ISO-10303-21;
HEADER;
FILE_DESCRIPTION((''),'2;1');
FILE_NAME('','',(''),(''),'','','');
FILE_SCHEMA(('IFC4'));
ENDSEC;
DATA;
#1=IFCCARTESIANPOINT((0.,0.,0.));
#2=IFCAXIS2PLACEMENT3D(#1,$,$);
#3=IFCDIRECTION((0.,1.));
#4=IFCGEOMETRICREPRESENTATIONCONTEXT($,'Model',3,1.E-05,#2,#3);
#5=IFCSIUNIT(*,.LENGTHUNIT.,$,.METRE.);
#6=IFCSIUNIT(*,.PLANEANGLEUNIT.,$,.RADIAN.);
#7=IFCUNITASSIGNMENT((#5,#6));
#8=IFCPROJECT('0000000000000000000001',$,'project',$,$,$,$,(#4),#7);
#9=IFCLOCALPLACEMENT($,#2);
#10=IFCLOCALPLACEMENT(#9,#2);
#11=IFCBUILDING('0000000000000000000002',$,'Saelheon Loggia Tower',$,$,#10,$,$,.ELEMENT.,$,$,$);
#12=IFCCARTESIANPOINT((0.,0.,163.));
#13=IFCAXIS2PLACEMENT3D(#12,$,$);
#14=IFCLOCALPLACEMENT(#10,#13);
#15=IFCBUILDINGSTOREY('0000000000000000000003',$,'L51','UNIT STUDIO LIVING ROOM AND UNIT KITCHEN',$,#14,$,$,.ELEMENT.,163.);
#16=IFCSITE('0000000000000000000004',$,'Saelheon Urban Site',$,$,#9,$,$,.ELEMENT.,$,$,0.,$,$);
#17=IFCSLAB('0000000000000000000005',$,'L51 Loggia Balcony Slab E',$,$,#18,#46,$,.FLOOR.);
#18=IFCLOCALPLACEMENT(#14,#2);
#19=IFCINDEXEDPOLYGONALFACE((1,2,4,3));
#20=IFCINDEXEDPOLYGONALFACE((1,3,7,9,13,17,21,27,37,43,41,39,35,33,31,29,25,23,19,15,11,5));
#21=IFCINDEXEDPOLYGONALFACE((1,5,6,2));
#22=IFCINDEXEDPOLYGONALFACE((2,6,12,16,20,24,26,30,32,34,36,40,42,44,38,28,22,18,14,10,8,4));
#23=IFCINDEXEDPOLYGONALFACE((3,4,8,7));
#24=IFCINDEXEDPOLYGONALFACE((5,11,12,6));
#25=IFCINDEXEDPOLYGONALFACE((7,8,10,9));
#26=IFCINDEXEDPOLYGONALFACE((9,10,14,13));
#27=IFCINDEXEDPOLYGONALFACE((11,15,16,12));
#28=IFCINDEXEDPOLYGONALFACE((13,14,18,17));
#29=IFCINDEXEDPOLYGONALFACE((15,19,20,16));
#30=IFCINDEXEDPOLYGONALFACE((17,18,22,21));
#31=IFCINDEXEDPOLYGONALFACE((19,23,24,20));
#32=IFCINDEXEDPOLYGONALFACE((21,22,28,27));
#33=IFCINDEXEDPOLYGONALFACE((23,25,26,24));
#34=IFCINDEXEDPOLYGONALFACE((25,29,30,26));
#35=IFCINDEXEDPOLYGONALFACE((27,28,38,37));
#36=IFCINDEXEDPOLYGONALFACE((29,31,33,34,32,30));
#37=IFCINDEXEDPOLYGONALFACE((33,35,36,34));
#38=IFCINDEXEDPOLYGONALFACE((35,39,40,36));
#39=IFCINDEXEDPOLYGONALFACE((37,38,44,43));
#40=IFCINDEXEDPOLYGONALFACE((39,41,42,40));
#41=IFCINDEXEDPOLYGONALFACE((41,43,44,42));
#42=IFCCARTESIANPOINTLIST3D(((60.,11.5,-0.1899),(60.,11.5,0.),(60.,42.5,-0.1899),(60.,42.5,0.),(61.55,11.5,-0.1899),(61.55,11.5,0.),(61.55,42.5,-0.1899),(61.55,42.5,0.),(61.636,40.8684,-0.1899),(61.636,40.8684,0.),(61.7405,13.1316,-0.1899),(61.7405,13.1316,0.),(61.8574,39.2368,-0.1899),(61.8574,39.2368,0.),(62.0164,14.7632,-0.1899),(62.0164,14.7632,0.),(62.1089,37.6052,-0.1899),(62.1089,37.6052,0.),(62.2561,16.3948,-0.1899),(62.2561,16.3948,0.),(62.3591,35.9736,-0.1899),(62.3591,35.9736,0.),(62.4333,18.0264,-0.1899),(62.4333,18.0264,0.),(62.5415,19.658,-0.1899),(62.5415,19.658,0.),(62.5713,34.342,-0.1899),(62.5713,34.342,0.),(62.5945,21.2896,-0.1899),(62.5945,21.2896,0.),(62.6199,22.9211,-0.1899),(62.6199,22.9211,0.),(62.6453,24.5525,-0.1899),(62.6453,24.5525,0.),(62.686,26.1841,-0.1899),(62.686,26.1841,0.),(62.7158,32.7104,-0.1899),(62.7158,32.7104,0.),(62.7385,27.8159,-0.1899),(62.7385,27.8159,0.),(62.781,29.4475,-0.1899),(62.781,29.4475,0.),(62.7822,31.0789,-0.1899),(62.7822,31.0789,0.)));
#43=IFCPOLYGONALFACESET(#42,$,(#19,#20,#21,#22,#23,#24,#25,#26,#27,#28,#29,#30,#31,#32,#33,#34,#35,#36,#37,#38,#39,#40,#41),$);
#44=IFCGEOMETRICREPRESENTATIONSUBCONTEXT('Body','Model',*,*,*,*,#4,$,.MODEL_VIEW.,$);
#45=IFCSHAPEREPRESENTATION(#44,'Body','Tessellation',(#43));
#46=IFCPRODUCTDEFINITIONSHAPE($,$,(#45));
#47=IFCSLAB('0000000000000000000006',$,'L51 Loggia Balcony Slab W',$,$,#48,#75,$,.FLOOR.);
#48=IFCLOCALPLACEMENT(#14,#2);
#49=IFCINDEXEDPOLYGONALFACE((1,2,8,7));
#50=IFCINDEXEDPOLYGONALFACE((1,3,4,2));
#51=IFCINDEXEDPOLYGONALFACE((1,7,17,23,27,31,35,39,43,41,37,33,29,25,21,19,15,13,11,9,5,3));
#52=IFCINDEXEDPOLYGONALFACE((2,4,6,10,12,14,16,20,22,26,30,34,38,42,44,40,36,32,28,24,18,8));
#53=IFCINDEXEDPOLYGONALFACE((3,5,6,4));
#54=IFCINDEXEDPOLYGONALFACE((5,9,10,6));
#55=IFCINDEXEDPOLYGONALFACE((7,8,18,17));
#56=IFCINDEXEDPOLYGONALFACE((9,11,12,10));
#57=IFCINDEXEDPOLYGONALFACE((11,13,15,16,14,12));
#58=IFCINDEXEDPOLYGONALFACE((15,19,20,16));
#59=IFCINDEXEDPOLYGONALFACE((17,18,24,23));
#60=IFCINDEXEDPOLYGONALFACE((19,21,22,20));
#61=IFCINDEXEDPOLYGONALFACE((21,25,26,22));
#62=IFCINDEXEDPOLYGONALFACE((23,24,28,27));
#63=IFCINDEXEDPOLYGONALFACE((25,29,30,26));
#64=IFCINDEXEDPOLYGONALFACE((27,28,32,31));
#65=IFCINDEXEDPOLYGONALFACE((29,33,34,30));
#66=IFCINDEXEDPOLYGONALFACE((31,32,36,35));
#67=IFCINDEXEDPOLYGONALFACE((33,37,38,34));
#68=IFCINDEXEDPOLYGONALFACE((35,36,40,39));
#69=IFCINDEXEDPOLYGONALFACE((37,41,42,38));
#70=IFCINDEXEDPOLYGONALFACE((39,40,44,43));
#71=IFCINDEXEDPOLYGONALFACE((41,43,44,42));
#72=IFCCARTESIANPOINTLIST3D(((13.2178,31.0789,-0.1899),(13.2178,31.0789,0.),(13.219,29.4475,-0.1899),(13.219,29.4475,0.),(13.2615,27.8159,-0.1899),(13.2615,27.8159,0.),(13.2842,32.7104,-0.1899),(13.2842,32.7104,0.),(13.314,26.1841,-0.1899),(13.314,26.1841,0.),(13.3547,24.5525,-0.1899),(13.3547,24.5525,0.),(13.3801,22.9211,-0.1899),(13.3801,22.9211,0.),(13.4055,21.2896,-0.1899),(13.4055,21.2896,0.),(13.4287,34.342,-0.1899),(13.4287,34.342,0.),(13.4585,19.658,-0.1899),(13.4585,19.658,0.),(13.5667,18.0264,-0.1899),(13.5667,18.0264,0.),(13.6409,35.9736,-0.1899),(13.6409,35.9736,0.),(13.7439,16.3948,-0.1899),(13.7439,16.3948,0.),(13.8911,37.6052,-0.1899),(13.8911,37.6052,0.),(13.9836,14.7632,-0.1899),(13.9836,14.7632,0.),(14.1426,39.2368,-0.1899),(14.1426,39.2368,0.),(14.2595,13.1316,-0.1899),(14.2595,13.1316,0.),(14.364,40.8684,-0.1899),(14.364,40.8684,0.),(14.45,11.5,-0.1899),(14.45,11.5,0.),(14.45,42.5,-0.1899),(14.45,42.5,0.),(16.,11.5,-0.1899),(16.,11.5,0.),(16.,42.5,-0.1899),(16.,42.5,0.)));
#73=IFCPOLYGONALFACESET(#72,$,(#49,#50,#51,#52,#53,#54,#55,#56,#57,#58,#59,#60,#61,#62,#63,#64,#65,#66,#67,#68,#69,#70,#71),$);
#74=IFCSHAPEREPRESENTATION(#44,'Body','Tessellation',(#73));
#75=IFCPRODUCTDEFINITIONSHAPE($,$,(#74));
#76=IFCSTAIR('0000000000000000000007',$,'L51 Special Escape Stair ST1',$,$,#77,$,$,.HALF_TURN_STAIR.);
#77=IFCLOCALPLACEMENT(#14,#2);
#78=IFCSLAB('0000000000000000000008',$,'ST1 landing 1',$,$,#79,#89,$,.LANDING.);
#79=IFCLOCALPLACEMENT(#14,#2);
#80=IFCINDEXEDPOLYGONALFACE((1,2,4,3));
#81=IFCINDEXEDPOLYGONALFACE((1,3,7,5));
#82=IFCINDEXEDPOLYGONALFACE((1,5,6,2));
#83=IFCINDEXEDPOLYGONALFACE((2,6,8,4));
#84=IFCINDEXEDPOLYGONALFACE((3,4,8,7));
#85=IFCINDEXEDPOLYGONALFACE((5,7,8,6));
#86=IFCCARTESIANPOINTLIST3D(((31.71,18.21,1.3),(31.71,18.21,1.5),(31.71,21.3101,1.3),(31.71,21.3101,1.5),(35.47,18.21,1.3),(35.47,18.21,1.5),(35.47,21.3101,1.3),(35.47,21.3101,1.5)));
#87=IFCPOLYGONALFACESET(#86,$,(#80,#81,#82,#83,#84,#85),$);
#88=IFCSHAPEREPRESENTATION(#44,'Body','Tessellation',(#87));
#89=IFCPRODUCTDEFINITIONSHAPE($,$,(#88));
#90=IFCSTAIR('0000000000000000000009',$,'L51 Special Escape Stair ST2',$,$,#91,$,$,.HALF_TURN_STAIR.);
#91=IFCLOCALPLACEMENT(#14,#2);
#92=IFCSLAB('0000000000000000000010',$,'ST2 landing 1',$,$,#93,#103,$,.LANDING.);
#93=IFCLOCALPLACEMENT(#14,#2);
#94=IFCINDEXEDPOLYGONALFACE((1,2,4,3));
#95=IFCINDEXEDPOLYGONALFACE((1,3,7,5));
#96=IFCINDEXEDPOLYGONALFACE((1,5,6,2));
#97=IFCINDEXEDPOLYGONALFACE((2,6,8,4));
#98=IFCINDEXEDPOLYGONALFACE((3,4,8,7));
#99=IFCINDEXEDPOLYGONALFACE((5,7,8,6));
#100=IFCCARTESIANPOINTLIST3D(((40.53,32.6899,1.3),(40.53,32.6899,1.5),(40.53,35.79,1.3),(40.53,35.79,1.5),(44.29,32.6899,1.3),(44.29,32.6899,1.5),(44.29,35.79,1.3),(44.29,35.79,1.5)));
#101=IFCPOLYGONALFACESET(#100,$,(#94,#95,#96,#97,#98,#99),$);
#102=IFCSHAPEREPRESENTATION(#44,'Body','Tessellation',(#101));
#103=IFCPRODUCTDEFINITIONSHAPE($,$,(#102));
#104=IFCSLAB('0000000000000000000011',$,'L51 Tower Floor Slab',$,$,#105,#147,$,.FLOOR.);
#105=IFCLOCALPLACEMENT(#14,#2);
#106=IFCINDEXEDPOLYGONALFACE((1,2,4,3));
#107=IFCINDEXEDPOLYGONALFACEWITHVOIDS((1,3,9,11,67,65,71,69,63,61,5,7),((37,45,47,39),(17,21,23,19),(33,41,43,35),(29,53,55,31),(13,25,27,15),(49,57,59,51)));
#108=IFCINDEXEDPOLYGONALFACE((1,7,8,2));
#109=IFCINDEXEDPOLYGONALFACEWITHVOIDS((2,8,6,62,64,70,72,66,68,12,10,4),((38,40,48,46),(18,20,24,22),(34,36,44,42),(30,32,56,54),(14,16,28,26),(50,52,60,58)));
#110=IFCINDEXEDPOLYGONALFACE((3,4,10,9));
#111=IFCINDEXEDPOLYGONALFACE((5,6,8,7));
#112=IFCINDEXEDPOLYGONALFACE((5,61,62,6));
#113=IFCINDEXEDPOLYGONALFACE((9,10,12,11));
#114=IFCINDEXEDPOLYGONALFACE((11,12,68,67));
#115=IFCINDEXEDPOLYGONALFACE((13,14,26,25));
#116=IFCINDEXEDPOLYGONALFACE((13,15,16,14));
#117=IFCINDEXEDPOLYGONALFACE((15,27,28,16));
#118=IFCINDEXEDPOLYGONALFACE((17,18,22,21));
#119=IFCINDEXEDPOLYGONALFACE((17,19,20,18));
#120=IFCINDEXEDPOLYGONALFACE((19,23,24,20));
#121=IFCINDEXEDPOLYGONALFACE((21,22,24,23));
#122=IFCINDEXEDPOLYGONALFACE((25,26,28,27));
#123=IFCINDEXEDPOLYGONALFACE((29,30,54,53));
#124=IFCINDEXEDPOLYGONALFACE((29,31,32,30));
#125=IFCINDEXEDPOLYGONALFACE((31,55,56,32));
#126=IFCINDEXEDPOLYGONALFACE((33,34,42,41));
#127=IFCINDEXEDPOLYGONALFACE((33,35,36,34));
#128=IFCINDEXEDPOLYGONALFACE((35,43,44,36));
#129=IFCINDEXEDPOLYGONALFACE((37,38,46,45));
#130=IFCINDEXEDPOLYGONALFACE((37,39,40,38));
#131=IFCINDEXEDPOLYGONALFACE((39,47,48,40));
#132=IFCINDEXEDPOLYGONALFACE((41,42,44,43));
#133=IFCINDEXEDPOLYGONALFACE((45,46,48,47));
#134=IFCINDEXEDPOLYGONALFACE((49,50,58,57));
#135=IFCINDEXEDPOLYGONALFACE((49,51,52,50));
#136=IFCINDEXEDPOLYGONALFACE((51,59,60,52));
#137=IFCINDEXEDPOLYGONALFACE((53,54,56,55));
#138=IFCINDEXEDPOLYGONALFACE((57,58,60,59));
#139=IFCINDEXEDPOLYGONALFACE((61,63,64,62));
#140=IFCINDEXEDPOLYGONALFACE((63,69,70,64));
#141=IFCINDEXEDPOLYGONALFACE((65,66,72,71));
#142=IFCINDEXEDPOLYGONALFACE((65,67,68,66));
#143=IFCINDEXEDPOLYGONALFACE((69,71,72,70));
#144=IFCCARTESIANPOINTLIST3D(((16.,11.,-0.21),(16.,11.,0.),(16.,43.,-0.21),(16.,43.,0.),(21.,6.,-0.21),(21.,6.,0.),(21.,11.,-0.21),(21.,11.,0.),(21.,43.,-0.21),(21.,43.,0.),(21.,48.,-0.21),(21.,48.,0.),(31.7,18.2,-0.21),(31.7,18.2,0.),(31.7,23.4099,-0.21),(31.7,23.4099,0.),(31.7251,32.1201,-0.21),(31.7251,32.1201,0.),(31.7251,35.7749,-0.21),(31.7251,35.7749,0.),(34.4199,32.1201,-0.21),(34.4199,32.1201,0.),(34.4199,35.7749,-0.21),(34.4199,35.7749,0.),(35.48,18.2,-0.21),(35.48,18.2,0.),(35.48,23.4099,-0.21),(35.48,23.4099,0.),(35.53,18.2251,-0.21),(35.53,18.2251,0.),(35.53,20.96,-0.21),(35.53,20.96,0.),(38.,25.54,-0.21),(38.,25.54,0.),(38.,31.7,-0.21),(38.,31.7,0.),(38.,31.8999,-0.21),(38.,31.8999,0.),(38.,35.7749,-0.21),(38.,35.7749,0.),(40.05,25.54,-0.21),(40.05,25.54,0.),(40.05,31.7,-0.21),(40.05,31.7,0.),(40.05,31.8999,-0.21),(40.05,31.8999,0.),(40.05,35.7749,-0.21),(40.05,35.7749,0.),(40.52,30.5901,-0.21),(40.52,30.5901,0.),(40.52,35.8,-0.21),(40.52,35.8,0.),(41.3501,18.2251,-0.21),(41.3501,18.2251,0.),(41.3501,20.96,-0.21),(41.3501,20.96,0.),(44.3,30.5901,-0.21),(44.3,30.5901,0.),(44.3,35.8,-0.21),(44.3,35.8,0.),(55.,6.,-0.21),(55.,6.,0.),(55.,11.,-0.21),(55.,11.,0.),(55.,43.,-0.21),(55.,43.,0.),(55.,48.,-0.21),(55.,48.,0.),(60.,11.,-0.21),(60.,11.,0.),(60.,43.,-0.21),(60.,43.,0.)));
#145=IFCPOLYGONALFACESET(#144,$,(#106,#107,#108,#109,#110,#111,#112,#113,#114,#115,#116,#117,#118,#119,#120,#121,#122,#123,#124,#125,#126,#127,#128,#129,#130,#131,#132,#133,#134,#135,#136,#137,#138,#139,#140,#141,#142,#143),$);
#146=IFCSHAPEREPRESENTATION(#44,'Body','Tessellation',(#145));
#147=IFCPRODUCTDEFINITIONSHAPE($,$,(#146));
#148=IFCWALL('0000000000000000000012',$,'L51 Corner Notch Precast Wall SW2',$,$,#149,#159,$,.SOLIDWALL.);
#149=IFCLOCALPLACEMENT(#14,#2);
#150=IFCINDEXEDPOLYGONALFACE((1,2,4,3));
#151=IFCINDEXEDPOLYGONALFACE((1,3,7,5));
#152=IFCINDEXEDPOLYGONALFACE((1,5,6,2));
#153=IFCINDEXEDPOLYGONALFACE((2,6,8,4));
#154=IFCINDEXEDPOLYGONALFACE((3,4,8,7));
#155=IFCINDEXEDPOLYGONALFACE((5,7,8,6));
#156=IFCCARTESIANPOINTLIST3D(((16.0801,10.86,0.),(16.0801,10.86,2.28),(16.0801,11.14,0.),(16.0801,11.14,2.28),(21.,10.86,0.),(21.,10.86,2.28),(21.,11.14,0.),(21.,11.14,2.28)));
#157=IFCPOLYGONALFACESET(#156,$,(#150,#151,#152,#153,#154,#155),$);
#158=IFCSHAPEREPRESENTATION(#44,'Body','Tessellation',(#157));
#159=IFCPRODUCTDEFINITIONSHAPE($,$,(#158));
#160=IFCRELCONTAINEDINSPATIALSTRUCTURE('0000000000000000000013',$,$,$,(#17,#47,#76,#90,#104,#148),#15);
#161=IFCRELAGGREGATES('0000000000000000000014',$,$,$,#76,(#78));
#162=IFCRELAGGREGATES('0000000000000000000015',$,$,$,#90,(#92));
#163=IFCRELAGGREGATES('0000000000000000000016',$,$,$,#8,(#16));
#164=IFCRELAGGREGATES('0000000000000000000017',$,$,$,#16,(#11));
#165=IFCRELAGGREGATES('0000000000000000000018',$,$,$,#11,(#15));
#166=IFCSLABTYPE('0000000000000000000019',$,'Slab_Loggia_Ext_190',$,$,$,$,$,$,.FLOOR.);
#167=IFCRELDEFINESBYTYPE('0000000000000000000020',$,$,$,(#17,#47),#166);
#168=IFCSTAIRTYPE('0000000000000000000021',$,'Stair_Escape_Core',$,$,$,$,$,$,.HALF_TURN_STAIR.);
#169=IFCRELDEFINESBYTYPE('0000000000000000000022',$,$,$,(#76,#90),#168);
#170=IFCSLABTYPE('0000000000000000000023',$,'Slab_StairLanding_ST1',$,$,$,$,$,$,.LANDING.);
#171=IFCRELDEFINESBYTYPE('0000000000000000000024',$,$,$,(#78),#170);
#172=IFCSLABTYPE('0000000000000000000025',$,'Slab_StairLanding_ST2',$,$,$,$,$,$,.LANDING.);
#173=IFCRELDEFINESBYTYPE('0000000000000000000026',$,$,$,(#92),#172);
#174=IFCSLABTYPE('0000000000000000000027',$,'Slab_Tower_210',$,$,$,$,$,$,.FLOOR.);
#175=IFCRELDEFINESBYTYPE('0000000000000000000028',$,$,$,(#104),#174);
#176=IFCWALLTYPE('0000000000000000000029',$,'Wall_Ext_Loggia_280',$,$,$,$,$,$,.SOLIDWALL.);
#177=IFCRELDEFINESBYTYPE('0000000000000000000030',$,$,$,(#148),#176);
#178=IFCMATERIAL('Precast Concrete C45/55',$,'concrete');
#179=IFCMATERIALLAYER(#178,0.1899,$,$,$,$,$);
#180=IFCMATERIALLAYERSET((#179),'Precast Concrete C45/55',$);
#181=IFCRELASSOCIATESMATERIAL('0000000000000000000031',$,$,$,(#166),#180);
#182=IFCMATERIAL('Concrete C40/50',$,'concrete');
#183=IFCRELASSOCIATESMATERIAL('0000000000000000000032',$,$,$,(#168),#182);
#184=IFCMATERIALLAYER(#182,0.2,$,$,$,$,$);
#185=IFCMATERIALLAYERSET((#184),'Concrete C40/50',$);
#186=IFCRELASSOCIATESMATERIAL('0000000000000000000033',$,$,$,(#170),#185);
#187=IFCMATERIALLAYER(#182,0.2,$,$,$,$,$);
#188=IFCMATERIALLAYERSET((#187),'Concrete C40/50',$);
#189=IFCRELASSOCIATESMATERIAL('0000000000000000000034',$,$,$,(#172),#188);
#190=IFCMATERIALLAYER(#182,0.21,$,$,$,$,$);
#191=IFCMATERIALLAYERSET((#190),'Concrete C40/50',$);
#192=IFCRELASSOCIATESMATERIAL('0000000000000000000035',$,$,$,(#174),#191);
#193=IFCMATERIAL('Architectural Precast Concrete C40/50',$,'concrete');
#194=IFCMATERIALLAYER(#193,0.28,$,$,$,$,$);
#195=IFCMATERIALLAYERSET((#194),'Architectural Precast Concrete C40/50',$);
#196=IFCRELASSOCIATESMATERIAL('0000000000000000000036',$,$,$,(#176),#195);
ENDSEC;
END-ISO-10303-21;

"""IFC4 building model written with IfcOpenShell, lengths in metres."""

from ifc_helpers import new_model, si_unit, direction, frame, frame_2d, origin, place, context, subcontext, project, spatial, polyline, rectangle, outline, extrude, material, layer, layer_set, type_object, element, aggregate, save


model = new_model("IFC4")

# Units and contexts
model_context = context("Model", 3, precision=1e-05, world=origin(), true_north=direction((0.0, 1.0)))
body_context = subcontext(model_context, "Body", "Model", "MODEL_VIEW")
ifc_project = project(units=[si_unit("LENGTHUNIT", "METRE"), si_unit("PLANEANGLEUNIT", "RADIAN")], contexts=[model_context])

# Site, building, storey
site_placement = place(None, origin())
site = spatial("IfcSite", under=ifc_project, at=site_placement, Name="Saelheon Urban Site", CompositionType="ELEMENT", RefElevation=0.0)
building_placement = place(site_placement, origin())
building = spatial("IfcBuilding", under=site, at=building_placement, Name="Saelheon Loggia Tower", CompositionType="ELEMENT")
storey_placement = place(building_placement, frame((0.0, 0.0, 163.0)))
storey = spatial("IfcBuildingStorey", under=building, at=storey_placement, Name="L51", Description="UNIT STUDIO LIVING ROOM AND UNIT KITCHEN", CompositionType="ELEMENT", Elevation=163.0)

# Shared definitions
ifc_material_1 = material(Name="Precast Concrete C45/55", Category="concrete")

# Shared definitions
ifc_material_2 = material(Name="Concrete C40/50", Category="concrete")

# Slabs
ifc_layer_1 = layer(ifc_material_1, 0.1899)
ifc_layer_set_1 = layer_set([ifc_layer_1], Name="Precast Concrete C45/55")
slab_type_1 = type_object("IfcSlabType", Name="Slab_Loggia_Ext_190", PredefinedType="FLOOR", material=ifc_layer_set_1)
slab_1_placement = place(storey_placement, frame((0.0, 0.0, -0.1899)))
element("IfcSlab", 1, at=slab_1_placement, inside=storey, type_object=slab_type_1, Name="L51 Loggia Balcony Slab E", PredefinedType="FLOOR", context=body_context, shape_type="SweptSolid", body=[
    extrude(outline(polyline([(60.0, 11.5), (61.55, 11.5), (61.7405, 13.1316), (62.0164, 14.7632), (62.2561, 16.3948), (62.4333, 18.0264), (62.5415, 19.658), (62.5945, 21.2896), (62.6199, 22.9211), (62.6453, 24.5525), (62.686, 26.1841), (62.7385, 27.8159), (62.781, 29.4475), (62.7822, 31.0789), (62.7158, 32.7104), (62.5713, 34.342), (62.3591, 35.9736), (62.1089, 37.6052), (61.8574, 39.2368), (61.636, 40.8684), (61.55, 42.5), (60.0, 42.5), (60.0, 11.5)])), origin(), (0.0, 0.0, 1.0), 0.1899),
])
slab_2_placement = place(storey_placement, frame((0.0, 0.0, -0.1899)))
element("IfcSlab", 2, at=slab_2_placement, inside=storey, type_object=slab_type_1, Name="L51 Loggia Balcony Slab W", PredefinedType="FLOOR", context=body_context, shape_type="SweptSolid", body=[
    extrude(outline(polyline([(16.0, 11.5), (16.0, 42.5), (14.45, 42.5), (14.364, 40.8684), (14.1426, 39.2368), (13.8911, 37.6052), (13.6409, 35.9736), (13.4287, 34.342), (13.2842, 32.7104), (13.2178, 31.0789), (13.219, 29.4475), (13.2615, 27.8159), (13.314, 26.1841), (13.3547, 24.5525), (13.3801, 22.9211), (13.4055, 21.2896), (13.4585, 19.658), (13.5667, 18.0264), (13.7439, 16.3948), (13.9836, 14.7632), (14.2595, 13.1316), (14.45, 11.5), (16.0, 11.5)])), origin(), (0.0, 0.0, 1.0), 0.1899),
])

# Stairs, slabs
stair_type = type_object("IfcStairType", Name="Stair_Escape_Core", PredefinedType="HALF_TURN_STAIR", material=ifc_material_2)
stair_1_placement = place(storey_placement, origin())
stair_1 = element("IfcStair", 3, at=stair_1_placement, inside=storey, type_object=stair_type, Name="L51 Special Escape Stair ST1", PredefinedType="HALF_TURN_STAIR")
ifc_layer_2 = layer(ifc_material_2, 0.2)
ifc_layer_set_2 = layer_set([ifc_layer_2], Name="Concrete C40/50")
slab_type_2 = type_object("IfcSlabType", Name="Slab_StairLanding_ST1", PredefinedType="LANDING", material=ifc_layer_set_2)
slab_3_placement = place(storey_placement, frame((0.0, 0.0, 1.3)))
slab_3 = element("IfcSlab", 4, at=slab_3_placement, type_object=slab_type_2, Name="ST1 landing 1", PredefinedType="LANDING", context=body_context, shape_type="SweptSolid", body=[
    extrude(outline(polyline([(31.71, 21.3101), (31.71, 18.21), (35.47, 18.21), (35.47, 21.3101), (31.71, 21.3101)])), origin(), (0.0, 0.0, 1.0), 0.2),
])
aggregate(stair_1, [slab_3])
stair_2_placement = place(storey_placement, origin())
stair_2 = element("IfcStair", 5, at=stair_2_placement, inside=storey, type_object=stair_type, Name="L51 Special Escape Stair ST2", PredefinedType="HALF_TURN_STAIR")
ifc_layer_3 = layer(ifc_material_2, 0.2)
ifc_layer_set_3 = layer_set([ifc_layer_3], Name="Concrete C40/50")
slab_type_3 = type_object("IfcSlabType", Name="Slab_StairLanding_ST2", PredefinedType="LANDING", material=ifc_layer_set_3)
slab_4_placement = place(storey_placement, frame((0.0, 0.0, 1.3)))
slab_4 = element("IfcSlab", 6, at=slab_4_placement, type_object=slab_type_3, Name="ST2 landing 1", PredefinedType="LANDING", context=body_context, shape_type="SweptSolid", body=[
    extrude(outline(polyline([(44.29, 32.6899), (44.29, 35.79), (40.53, 35.79), (40.53, 32.6899), (44.29, 32.6899)])), origin(), (0.0, 0.0, 1.0), 0.2),
])
aggregate(stair_2, [slab_4])

# Slab
ifc_layer_4 = layer(ifc_material_2, 0.21)
ifc_layer_set_4 = layer_set([ifc_layer_4], Name="Concrete C40/50")
slab_type_4 = type_object("IfcSlabType", Name="Slab_Tower_210", PredefinedType="FLOOR", material=ifc_layer_set_4)
slab_5_placement = place(storey_placement, frame((0.0, 0.0, -0.21)))
element("IfcSlab", 7, at=slab_5_placement, inside=storey, type_object=slab_type_4, Name="L51 Tower Floor Slab", PredefinedType="FLOOR", context=body_context, shape_type="SweptSolid", body=[
    extrude(outline(polyline([(21.0, 6.0), (55.0, 6.0), (55.0, 11.0), (60.0, 11.0), (60.0, 43.0), (55.0, 43.0), (55.0, 48.0), (21.0, 48.0), (21.0, 43.0), (16.0, 43.0), (16.0, 11.0), (21.0, 11.0), (21.0, 6.0)]), holes=[polyline([(31.7, 23.4099), (31.7, 18.2), (35.48, 18.2), (35.48, 23.4099), (31.7, 23.4099)]), polyline([(44.3, 30.5901), (44.3, 35.8), (40.52, 35.8), (40.52, 30.5901), (44.3, 30.5901)]), polyline([(35.53, 18.2251), (41.3501, 18.2251), (41.3501, 20.96), (35.53, 20.96), (35.53, 18.2251)]), polyline([(31.7251, 32.1201), (34.4199, 32.1201), (34.4199, 35.7749), (31.7251, 35.7749), (31.7251, 32.1201)]), polyline([(38.0, 31.8999), (40.05, 31.8999), (40.05, 35.7749), (38.0, 35.7749), (38.0, 31.8999)]), polyline([(38.0, 25.54), (40.05, 25.54), (40.05, 31.7), (38.0, 31.7), (38.0, 25.54)])]), origin(), (0.0, 0.0, 1.0), 0.21),
])

# Wall
ifc_material_3 = material(Name="Architectural Precast Concrete C40/50", Category="concrete")
ifc_layer_5 = layer(ifc_material_3, 0.28)
ifc_layer_set_5 = layer_set([ifc_layer_5], Name="Architectural Precast Concrete C40/50")
wall_type = type_object("IfcWallType", Name="Wall_Ext_Loggia_280", PredefinedType="SOLIDWALL", material=ifc_layer_set_5)
wall_placement = place(storey_placement, frame((16.0801, 11.0, 0.0), z_axis=(0.0, 0.0, 1.0), x_axis=(1.0, 0.0, 0.0)))
element("IfcWall", 8, at=wall_placement, inside=storey, type_object=wall_type, Name="L51 Corner Notch Precast Wall SW2", PredefinedType="SOLIDWALL", context=body_context, shape_type="SweptSolid", body=[
    extrude(rectangle(XDim=4.9199, YDim=0.28, at=frame_2d((2.46, 0.0))), origin(), (0.0, 0.0, 1.0), 2.28),
])

save(model, "model.ifc")
